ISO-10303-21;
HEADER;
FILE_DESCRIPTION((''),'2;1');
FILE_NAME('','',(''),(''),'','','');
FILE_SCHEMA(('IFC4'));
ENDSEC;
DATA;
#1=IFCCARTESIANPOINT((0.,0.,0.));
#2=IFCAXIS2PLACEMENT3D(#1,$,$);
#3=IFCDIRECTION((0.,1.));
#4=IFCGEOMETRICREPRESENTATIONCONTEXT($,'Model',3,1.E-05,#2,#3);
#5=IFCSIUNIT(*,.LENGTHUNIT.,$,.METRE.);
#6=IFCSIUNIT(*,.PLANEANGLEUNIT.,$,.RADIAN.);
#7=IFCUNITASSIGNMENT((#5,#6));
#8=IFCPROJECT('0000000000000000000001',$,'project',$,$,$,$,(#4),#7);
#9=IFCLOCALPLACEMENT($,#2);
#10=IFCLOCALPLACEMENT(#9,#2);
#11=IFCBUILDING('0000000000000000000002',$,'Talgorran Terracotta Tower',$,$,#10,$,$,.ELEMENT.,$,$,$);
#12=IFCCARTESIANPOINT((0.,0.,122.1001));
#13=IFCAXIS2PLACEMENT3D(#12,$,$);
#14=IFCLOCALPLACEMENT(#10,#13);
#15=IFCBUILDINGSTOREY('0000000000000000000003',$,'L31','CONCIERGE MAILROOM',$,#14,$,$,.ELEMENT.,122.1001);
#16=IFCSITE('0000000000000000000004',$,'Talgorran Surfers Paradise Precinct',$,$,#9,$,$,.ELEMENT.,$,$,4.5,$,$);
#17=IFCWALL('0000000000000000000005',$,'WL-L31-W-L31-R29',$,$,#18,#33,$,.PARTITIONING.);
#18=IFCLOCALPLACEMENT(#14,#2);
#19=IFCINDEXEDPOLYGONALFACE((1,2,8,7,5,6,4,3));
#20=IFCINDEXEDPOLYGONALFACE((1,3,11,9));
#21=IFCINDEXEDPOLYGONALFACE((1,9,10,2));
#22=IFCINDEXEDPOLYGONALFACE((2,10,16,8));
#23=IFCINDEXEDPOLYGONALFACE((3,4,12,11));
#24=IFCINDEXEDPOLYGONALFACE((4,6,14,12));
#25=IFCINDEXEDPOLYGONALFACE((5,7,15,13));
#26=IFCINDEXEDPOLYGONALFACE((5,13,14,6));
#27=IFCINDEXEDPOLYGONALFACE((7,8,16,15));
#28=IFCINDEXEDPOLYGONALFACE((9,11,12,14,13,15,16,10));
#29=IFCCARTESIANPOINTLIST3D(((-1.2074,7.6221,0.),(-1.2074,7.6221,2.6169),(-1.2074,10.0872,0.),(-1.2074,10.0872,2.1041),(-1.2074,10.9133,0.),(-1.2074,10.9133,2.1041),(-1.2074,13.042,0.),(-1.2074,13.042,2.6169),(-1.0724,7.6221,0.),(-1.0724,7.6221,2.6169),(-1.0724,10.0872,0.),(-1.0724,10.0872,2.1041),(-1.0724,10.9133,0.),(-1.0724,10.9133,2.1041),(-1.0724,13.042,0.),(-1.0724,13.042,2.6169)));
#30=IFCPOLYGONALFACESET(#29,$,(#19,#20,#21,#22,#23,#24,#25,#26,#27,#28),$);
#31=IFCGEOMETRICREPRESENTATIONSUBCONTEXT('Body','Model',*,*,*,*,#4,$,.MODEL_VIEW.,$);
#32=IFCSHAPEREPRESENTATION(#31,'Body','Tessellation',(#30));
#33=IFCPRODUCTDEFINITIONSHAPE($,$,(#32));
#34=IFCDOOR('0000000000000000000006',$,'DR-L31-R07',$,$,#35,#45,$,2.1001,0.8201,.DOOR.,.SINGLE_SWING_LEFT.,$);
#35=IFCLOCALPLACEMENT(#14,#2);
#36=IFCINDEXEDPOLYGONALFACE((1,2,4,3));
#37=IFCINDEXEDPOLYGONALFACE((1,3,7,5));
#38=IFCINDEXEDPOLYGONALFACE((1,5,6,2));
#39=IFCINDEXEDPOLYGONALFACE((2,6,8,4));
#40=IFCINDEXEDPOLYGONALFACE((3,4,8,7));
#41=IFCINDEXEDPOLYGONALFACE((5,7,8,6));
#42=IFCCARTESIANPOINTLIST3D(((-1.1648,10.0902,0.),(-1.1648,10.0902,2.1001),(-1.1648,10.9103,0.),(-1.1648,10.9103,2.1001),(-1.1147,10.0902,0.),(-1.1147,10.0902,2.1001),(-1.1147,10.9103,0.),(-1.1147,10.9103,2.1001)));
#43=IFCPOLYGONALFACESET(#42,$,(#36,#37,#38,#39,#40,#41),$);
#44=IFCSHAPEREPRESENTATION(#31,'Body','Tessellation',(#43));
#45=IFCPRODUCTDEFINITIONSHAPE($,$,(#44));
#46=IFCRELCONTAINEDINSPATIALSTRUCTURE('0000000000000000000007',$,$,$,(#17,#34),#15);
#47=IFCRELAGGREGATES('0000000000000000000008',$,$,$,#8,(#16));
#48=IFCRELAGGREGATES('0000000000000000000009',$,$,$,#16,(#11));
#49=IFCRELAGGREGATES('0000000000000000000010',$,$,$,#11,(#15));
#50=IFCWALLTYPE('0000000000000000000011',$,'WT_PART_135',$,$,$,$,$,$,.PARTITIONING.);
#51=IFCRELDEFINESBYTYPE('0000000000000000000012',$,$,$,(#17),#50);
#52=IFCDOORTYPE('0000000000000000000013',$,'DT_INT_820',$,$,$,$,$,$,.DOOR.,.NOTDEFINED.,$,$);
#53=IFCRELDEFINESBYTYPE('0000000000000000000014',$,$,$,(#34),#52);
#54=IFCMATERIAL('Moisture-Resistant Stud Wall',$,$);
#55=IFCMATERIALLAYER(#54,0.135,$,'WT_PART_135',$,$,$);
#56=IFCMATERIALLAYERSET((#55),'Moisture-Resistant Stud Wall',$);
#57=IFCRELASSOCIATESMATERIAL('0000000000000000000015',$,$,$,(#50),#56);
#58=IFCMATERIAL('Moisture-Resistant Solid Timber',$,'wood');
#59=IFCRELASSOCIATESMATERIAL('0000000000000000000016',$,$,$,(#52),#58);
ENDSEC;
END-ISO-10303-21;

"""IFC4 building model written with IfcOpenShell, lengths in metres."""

from ifc_helpers import new_model, si_unit, direction, frame, frame_2d, origin, place, context, subcontext, project, spatial, rectangle, extrude, material, layer, layer_set, type_object, element, fill, save


model = new_model("IFC4")

# Units and contexts
model_context = context("Model", 3, precision=1e-05, world=origin(), true_north=direction((0.0, 1.0)))
body_context = subcontext(model_context, "Body", "Model", "MODEL_VIEW")
ifc_project = project(units=[si_unit("LENGTHUNIT", "METRE"), si_unit("PLANEANGLEUNIT", "RADIAN")], contexts=[model_context])

# Site, building, storey
site_placement = place(None, origin())
site = spatial("IfcSite", under=ifc_project, at=site_placement, Name="Talgorran Surfers Paradise Precinct", CompositionType="ELEMENT", RefElevation=4.5)
building_placement = place(site_placement, origin())
building = spatial("IfcBuilding", under=site, at=building_placement, Name="Talgorran Terracotta Tower", CompositionType="ELEMENT")
storey_placement = place(building_placement, frame((0.0, 0.0, 122.1001)))
storey = spatial("IfcBuildingStorey", under=building, at=storey_placement, Name="L31", Description="CONCIERGE MAILROOM", CompositionType="ELEMENT", Elevation=122.1001)

# Wall, opening, door
ifc_material_1 = material(Name="Moisture-Resistant Stud Wall")
ifc_layer_1 = layer(ifc_material_1, 0.135, Name="WT_PART_135")
ifc_layer_set_1 = layer_set([ifc_layer_1], Name="Moisture-Resistant Stud Wall")
wall_type_1 = type_object("IfcWallType", Name="WT_PART_135", PredefinedType="PARTITIONING", material=ifc_layer_set_1)
wall_1_placement = place(storey_placement, frame((-1.1399, 7.6221, 0.0), z_axis=(0.0, 0.0, 1.0), x_axis=(0.0, 1.0, 0.0)))
wall_1 = element("IfcWall", 1, at=wall_1_placement, inside=storey, type_object=wall_type_1, Name="WL-L31-W-L31-R29", PredefinedType="PARTITIONING", context=body_context, shape_type="SweptSolid", body=[
    extrude(rectangle(XDim=5.4199, YDim=0.135, at=frame_2d((2.71, 0.0))), origin(), (0.0, 0.0, 1.0), 2.6169),
])
opening_1_placement = place(wall_1_placement, frame((2.468, 0.0, 0.0)))
opening_1 = element("IfcOpeningElement", 2, at=opening_1_placement, cuts=wall_1, PredefinedType="OPENING", context=body_context, shape_type="SweptSolid", body=[
    extrude(rectangle(XDim=0.8261, YDim=2.1041, at=frame_2d((0.4102, 1.052))), frame((0.0, 0.0776, 0.0), z_axis=(0.0, -1.0, 0.0), x_axis=(1.0, 0.0, 0.0)), (0.0, 0.0, 1.0), 0.155),
])
ifc_material_2 = material(Name="Moisture-Resistant Solid Timber", Category="wood")
door_type_1 = type_object("IfcDoorType", Name="DT_INT_820", OperationType="NOTDEFINED", PredefinedType="DOOR", material=ifc_material_2)
door_1_placement = place(opening_1_placement, origin())
door_1 = element("IfcDoor", 3, at=door_1_placement, inside=storey, type_object=door_type_1, Name="DR-L31-R07", OperationType="SINGLE_SWING_LEFT", OverallHeight=2.1001, OverallWidth=0.8201, PredefinedType="DOOR", context=body_context, shape_type="SweptSolid", body=[
    extrude(rectangle(XDim=0.8201, YDim=2.1001, at=frame_2d((0.4102, 1.05))), frame((0.0, 0.0249, 0.0), z_axis=(0.0, -1.0, 0.0), x_axis=(1.0, 0.0, 0.0)), (0.0, 0.0, 1.0), 0.05),
])
fill(opening_1, door_1)

save(model, "model.ifc")
